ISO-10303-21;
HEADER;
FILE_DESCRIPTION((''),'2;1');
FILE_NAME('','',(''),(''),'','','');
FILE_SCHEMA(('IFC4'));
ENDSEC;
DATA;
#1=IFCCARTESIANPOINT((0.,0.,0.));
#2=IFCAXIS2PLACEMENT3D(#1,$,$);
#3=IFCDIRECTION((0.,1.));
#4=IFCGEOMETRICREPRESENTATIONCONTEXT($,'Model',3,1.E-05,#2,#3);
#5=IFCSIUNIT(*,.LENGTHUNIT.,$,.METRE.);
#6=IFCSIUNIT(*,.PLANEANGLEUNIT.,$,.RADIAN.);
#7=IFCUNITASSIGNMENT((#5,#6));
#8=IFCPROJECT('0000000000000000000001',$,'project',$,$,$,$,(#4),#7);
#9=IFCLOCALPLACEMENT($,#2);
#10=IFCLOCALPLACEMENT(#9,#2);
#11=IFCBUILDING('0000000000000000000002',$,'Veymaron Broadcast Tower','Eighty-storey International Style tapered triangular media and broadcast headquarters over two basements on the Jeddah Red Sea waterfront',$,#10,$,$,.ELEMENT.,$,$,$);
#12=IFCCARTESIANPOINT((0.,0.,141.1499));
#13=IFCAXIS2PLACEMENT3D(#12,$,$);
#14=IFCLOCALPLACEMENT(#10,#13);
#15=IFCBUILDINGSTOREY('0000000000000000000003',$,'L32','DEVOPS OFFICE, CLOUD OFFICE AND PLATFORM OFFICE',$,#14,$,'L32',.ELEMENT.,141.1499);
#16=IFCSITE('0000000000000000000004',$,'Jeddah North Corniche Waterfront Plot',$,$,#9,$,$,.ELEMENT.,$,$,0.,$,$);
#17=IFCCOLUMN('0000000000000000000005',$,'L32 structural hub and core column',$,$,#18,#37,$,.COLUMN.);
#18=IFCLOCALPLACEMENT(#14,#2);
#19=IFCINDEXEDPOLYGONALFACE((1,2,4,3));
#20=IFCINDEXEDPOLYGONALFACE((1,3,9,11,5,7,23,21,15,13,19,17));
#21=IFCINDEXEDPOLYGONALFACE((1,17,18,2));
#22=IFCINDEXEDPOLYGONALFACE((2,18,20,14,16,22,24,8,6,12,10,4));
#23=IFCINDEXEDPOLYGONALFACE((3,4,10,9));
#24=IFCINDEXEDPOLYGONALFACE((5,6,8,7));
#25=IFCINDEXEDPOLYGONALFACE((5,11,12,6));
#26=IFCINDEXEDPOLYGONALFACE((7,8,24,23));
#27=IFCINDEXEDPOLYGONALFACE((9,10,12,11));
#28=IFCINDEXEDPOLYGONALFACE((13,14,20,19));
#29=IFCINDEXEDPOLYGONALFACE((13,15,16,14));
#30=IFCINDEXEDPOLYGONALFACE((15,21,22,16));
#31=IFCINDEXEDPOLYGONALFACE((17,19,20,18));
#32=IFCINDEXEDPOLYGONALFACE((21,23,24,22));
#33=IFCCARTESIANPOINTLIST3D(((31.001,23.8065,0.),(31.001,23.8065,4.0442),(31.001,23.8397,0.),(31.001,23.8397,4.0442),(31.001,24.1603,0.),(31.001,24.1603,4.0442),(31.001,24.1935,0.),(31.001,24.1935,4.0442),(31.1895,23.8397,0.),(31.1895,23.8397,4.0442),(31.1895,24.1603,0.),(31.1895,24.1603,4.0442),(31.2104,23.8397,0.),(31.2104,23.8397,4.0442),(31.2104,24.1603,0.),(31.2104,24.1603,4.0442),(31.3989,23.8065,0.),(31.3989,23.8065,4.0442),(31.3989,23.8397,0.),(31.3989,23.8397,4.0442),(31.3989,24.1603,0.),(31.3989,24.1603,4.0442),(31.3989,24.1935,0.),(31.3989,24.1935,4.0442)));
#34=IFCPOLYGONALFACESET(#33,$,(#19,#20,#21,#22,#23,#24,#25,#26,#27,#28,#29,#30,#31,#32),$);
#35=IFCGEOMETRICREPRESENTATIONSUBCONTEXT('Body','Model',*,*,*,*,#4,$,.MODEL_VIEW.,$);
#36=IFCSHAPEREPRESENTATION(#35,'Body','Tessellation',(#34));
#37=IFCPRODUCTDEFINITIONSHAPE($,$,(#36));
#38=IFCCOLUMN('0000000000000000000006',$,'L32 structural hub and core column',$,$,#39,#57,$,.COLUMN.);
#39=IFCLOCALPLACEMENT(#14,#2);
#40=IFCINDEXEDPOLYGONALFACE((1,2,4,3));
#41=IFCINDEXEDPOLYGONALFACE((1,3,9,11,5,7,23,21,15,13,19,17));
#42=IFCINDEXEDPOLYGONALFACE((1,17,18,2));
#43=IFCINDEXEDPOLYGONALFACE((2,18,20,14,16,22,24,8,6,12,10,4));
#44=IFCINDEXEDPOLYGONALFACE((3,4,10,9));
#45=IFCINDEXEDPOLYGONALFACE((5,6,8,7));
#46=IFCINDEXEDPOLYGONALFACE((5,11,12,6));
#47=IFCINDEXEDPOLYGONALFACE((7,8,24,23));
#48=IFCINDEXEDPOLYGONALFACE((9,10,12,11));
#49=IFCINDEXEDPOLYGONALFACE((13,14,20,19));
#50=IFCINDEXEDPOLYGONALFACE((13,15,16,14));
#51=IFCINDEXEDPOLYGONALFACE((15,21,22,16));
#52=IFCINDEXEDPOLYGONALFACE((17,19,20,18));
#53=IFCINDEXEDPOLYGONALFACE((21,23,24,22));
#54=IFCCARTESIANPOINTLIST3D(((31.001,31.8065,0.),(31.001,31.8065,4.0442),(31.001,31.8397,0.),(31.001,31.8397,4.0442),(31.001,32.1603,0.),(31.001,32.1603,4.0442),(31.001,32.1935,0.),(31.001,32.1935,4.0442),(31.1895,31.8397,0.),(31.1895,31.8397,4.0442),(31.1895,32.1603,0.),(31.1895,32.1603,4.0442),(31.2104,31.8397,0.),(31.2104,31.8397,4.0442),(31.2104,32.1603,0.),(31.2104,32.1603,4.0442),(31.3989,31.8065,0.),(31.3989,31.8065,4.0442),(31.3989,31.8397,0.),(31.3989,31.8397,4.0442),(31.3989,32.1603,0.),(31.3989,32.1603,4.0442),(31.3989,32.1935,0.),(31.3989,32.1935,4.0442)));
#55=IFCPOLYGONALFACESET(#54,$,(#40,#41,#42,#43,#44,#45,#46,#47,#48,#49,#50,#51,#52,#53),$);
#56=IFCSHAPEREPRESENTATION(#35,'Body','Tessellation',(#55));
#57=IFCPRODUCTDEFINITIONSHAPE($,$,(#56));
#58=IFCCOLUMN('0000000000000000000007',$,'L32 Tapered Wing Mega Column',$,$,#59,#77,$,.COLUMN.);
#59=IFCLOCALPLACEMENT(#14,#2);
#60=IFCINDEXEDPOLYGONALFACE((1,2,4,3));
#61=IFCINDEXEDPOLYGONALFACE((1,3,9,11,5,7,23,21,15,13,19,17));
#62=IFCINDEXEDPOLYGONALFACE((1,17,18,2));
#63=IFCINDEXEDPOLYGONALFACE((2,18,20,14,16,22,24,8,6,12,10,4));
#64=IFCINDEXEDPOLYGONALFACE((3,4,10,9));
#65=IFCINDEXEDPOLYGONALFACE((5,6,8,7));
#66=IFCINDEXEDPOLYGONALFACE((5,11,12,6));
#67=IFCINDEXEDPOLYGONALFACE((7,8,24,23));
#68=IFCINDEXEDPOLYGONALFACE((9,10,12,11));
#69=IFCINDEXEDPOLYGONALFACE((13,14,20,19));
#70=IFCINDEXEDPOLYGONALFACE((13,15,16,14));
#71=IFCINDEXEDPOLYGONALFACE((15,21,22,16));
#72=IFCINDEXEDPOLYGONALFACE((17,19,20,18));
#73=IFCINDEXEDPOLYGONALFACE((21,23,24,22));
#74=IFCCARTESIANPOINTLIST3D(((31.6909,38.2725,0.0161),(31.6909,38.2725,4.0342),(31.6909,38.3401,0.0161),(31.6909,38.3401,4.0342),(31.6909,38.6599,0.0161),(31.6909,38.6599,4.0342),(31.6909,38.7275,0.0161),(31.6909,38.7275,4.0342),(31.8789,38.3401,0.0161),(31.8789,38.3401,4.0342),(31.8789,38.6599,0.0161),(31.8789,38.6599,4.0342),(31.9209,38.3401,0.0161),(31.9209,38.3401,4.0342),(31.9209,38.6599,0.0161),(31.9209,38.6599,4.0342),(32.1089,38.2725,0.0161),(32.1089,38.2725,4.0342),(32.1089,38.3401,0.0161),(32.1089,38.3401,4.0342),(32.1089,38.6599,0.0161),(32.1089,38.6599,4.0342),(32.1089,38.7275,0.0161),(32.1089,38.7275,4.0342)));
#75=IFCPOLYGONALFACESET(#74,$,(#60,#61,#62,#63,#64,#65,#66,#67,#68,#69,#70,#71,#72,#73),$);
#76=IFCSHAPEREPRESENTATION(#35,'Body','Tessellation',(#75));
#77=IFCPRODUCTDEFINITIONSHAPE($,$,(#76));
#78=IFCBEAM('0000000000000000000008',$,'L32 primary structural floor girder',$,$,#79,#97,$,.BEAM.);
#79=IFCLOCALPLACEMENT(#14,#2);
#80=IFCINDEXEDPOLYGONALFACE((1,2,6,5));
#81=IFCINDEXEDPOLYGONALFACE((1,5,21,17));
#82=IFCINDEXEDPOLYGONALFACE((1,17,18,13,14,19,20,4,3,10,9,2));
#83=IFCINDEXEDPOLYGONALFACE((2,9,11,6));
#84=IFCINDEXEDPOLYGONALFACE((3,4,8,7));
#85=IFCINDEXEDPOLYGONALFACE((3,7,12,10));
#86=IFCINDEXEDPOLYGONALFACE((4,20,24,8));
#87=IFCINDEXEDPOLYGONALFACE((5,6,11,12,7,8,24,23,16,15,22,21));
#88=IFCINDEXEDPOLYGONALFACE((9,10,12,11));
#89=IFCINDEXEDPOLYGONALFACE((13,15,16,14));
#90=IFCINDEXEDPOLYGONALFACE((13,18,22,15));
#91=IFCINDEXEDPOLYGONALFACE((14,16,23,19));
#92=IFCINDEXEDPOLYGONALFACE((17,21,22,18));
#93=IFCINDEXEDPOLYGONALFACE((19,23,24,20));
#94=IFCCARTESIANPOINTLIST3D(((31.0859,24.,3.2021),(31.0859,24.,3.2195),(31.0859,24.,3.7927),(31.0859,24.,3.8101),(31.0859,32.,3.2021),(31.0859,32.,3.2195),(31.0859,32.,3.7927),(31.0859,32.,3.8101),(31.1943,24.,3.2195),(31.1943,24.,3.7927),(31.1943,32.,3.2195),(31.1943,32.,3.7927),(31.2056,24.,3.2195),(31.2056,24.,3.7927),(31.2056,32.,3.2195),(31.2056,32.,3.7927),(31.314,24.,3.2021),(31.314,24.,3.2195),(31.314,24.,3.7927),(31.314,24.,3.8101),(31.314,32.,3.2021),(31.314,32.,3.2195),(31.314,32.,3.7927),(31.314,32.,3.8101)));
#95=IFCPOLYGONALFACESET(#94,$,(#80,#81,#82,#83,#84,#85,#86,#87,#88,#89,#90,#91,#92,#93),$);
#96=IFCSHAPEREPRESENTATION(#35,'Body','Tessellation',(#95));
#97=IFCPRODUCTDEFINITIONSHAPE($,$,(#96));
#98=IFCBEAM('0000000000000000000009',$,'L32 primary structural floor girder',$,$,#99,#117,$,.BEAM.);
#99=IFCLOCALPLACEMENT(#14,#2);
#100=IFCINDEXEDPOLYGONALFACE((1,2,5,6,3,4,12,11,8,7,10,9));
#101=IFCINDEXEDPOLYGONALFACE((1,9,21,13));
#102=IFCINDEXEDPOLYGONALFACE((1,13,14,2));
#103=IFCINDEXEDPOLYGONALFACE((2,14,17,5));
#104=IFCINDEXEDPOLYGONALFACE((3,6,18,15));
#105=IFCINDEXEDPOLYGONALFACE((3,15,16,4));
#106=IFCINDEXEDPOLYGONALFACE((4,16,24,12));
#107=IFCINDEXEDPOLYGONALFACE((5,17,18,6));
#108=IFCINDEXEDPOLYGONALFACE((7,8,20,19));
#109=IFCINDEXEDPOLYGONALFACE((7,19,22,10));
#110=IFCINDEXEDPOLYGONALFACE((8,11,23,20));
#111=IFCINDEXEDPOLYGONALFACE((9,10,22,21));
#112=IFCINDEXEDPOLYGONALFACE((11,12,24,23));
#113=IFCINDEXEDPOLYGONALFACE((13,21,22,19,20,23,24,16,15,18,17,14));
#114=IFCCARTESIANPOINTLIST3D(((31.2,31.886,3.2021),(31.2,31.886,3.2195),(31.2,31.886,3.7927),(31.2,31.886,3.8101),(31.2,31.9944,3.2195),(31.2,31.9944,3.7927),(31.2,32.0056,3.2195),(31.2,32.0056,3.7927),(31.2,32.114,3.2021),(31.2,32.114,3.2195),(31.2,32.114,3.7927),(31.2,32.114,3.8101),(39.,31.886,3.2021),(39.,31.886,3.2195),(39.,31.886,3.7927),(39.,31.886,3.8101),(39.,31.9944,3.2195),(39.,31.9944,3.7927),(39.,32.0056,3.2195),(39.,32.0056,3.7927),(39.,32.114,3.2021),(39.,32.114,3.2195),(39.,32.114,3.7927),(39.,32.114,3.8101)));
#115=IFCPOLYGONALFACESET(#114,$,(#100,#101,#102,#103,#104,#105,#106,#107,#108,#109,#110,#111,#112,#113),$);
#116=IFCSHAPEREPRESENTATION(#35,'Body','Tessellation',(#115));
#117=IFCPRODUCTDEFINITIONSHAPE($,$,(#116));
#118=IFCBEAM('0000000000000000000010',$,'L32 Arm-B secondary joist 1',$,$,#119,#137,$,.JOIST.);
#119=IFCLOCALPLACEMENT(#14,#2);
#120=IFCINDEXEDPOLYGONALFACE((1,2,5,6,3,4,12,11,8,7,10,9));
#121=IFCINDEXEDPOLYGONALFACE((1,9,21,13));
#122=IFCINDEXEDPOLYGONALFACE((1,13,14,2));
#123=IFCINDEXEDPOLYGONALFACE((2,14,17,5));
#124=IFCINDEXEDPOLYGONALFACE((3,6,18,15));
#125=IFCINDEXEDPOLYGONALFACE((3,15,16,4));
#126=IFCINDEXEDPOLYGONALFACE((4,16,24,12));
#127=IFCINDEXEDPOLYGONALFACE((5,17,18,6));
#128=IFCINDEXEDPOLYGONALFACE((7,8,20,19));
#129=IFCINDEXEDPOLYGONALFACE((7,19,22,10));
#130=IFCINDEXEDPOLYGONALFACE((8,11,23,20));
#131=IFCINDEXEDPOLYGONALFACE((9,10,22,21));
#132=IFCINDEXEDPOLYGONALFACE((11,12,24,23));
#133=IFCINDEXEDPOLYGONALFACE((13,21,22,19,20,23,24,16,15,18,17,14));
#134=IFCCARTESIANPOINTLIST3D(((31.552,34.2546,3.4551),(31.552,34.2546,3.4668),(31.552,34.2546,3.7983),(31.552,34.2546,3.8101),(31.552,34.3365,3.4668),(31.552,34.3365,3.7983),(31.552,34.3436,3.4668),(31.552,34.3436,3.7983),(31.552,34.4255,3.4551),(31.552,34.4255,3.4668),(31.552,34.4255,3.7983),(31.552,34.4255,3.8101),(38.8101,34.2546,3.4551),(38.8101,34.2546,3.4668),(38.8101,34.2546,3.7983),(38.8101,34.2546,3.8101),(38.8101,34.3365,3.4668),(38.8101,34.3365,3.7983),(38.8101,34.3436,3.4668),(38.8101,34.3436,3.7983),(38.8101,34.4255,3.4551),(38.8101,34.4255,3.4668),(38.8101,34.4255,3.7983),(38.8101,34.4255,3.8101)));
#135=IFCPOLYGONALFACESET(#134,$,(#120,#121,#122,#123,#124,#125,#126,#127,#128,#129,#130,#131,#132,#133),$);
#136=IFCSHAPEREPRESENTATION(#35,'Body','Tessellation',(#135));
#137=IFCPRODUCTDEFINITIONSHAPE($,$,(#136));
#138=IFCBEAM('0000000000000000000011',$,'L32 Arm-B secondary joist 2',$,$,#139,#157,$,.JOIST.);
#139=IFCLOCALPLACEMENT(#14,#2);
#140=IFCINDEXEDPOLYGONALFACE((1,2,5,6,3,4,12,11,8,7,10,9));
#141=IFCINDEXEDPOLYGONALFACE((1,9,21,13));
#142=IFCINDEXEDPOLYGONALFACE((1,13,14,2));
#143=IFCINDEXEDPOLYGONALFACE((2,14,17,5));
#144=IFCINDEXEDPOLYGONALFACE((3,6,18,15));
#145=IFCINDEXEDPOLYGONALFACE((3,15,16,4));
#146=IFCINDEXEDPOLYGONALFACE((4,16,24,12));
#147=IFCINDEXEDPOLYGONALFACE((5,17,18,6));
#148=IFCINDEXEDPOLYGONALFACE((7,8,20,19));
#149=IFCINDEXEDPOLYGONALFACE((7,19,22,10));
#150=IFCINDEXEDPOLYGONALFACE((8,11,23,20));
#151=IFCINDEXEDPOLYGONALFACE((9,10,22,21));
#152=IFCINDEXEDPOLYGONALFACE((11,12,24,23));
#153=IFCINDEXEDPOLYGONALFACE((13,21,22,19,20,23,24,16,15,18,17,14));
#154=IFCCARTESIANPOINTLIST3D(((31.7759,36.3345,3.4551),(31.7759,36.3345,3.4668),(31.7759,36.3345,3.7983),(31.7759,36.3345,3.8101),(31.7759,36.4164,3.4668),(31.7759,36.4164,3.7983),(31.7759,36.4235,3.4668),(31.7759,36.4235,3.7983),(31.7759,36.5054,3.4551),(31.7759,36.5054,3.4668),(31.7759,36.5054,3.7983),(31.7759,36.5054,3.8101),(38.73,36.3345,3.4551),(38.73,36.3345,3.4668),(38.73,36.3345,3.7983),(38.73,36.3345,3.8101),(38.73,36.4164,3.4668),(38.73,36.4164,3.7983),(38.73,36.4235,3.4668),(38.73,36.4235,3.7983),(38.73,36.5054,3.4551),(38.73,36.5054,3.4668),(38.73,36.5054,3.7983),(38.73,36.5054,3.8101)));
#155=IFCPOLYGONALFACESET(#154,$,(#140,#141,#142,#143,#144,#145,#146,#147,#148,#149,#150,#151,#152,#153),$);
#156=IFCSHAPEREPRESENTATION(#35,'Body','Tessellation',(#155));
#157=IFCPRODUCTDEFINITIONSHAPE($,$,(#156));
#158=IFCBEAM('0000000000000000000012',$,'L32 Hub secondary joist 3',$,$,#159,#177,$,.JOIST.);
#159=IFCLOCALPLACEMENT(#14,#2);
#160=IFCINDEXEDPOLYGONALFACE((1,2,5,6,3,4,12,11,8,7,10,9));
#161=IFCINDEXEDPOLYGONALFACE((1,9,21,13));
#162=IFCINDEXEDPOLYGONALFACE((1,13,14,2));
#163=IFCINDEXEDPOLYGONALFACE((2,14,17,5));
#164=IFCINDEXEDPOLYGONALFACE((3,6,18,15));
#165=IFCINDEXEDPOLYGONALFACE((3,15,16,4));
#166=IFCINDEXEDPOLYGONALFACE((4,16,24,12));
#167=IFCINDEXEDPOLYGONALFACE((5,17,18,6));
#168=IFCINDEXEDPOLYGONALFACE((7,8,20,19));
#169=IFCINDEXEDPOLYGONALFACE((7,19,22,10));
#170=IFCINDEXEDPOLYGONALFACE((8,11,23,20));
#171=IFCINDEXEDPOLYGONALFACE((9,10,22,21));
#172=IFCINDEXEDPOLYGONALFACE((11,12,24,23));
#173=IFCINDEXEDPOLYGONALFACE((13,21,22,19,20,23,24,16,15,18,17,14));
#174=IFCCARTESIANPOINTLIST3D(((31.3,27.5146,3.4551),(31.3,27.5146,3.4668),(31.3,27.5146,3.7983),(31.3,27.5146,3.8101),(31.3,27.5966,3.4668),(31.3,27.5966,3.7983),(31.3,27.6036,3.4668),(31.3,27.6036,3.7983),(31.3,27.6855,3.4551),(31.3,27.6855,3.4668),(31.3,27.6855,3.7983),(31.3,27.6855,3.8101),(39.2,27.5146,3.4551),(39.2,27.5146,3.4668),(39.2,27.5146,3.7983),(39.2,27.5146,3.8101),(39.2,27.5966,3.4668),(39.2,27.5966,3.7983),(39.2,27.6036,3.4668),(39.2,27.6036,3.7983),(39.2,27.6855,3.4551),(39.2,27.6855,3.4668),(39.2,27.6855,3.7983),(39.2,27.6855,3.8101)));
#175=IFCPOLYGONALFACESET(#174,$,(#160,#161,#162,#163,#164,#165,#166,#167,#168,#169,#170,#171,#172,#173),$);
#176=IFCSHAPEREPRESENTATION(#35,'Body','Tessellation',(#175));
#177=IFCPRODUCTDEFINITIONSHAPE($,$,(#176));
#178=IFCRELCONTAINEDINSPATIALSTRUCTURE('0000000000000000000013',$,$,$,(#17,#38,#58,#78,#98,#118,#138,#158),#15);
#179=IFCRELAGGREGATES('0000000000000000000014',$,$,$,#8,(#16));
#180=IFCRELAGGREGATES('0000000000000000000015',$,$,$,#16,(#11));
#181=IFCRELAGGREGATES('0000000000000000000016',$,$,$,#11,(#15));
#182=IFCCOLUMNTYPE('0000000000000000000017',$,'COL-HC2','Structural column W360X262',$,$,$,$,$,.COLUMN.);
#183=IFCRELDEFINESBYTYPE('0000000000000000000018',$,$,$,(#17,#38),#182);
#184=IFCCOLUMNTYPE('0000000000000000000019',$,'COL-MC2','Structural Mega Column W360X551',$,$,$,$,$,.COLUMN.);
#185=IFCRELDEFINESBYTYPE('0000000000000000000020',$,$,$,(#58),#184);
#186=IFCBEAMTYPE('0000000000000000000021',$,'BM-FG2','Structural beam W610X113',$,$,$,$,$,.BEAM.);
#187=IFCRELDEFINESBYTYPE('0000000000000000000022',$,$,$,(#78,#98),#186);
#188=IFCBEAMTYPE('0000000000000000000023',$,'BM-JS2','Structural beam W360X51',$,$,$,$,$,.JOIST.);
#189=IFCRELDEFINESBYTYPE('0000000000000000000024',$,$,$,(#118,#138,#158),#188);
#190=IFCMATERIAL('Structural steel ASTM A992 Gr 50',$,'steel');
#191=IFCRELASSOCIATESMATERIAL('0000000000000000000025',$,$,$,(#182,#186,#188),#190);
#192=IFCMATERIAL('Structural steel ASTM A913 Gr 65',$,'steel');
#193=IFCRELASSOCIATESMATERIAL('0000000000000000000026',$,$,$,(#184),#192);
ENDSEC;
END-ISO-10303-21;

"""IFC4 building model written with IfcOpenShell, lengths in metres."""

from ifc_helpers import new_model, si_unit, direction, frame, origin, origin_2d, place, context, subcontext, project, spatial, i_section, extrude, material, material_profile, profile_set, type_object, element, save


model = new_model("IFC4")

# Units and contexts
model_context = context("Model", 3, precision=1e-05, world=origin(), true_north=direction((0.0, 1.0)))
body_context = subcontext(model_context, "Body", "Model", "MODEL_VIEW")
ifc_project = project(units=[si_unit("LENGTHUNIT", "METRE"), si_unit("PLANEANGLEUNIT", "RADIAN")], contexts=[model_context])

# Site, building, storey
site_placement = place(None, origin())
site = spatial("IfcSite", under=ifc_project, at=site_placement, Name="Jeddah North Corniche Waterfront Plot", CompositionType="ELEMENT", RefElevation=0.0)
building_placement = place(site_placement, origin())
building = spatial("IfcBuilding", under=site, at=building_placement, Name="Veymaron Broadcast Tower", Description="Eighty-storey International Style tapered triangular media and broadcast headquarters over two basements on the Jeddah Red Sea waterfront", CompositionType="ELEMENT")
storey_placement = place(building_placement, frame((0.0, 0.0, 141.1499)))
storey = spatial("IfcBuildingStorey", under=building, at=storey_placement, Name="L32", Description="DEVOPS OFFICE, CLOUD OFFICE AND PLATFORM OFFICE", LongName="L32", CompositionType="ELEMENT", Elevation=141.1499)

# Columns
ifc_material_1 = material(Name="Structural steel ASTM A992 Gr 50", Category="steel")
ifc_material_profile_1 = material_profile(ifc_material_1, i_section(OverallWidth=0.3979, OverallDepth=0.387, WebThickness=0.021, FlangeThickness=0.0332, at=origin_2d()), Name="W360X262")
ifc_profile_set_1 = profile_set([ifc_material_profile_1], Name="Structural steel ASTM A992 Gr 50")
column_type_1 = type_object("IfcColumnType", Name="COL-HC2", Description="Structural column W360X262", PredefinedType="COLUMN", material=ifc_profile_set_1)
for number, where, z_axis, x_axis, name in (
    (1, (31.2, 24.0, 0.0), (0.0, 0.0, 1.0), (1.0, 0.0, 0.0), "L32 structural hub and core column"),
    (2, (31.2, 32.0, 0.0), (0.0, 0.0, 1.0), (1.0, 0.0, 0.0), "L32 structural hub and core column"),
):
    element("IfcColumn", number, at=place(storey_placement, frame(where, z_axis=z_axis, x_axis=x_axis)), inside=storey, type_object=column_type_1, Name=name, PredefinedType="COLUMN", context=body_context, shape_type="SweptSolid", body=[
        extrude(i_section(OverallWidth=0.3979, OverallDepth=0.387, WebThickness=0.021, FlangeThickness=0.0332, at=origin_2d()), origin(), (0.0, 0.0, 1.0), 4.0442),
    ])
ifc_material_2 = material(Name="Structural steel ASTM A913 Gr 65", Category="steel")
ifc_material_profile_2 = material_profile(ifc_material_2, i_section(OverallWidth=0.418, OverallDepth=0.4551, WebThickness=0.042, FlangeThickness=0.0676, at=origin_2d()), Name="W360X551")
ifc_profile_set_2 = profile_set([ifc_material_profile_2], Name="Structural steel ASTM A913 Gr 65")
column_type_2 = type_object("IfcColumnType", Name="COL-MC2", Description="Structural Mega Column W360X551", PredefinedType="COLUMN", material=ifc_profile_set_2)
column_placement = place(storey_placement, frame((31.8999, 38.5, 0.0161), z_axis=(0.0, 0.0, 1.0), x_axis=(1.0, 0.0, 0.0)))
element("IfcColumn", 3, at=column_placement, inside=storey, type_object=column_type_2, Name="L32 Tapered Wing Mega Column", PredefinedType="COLUMN", context=body_context, shape_type="SweptSolid", body=[
    extrude(i_section(OverallWidth=0.418, OverallDepth=0.4551, WebThickness=0.042, FlangeThickness=0.0676, at=origin_2d()), origin(), (0.0, 0.0, 1.0), 4.0181),
])

# Beams
ifc_material_profile_3 = material_profile(ifc_material_1, i_section(OverallWidth=0.228, OverallDepth=0.6079, WebThickness=0.0112, FlangeThickness=0.0173, at=origin_2d()), Name="W610X113")
ifc_profile_set_3 = profile_set([ifc_material_profile_3], Name="Structural steel ASTM A992 Gr 50")
beam_type_1 = type_object("IfcBeamType", Name="BM-FG2", Description="Structural beam W610X113", PredefinedType="BEAM", material=ifc_profile_set_3)
beam_1_placement = place(storey_placement, frame((31.2, 24.0, 3.5061), z_axis=(0.0, 1.0, 0.0), x_axis=(-1.0, 0.0, 0.0)))
element("IfcBeam", 4, at=beam_1_placement, inside=storey, type_object=beam_type_1, Name="L32 primary structural floor girder", PredefinedType="BEAM", context=body_context, shape_type="SweptSolid", body=[
    extrude(i_section(OverallWidth=0.228, OverallDepth=0.6079, WebThickness=0.0112, FlangeThickness=0.0173, at=origin_2d()), origin(), (0.0, 0.0, 1.0), 8.0),
])
beam_2_placement = place(storey_placement, frame((31.2, 32.0, 3.5061), z_axis=(1.0, 0.0, 0.0), x_axis=(0.0, 1.0, 0.0)))
element("IfcBeam", 5, at=beam_2_placement, inside=storey, type_object=beam_type_1, Name="L32 primary structural floor girder", PredefinedType="BEAM", context=body_context, shape_type="SweptSolid", body=[
    extrude(i_section(OverallWidth=0.228, OverallDepth=0.6079, WebThickness=0.0112, FlangeThickness=0.0173, at=origin_2d()), origin(), (0.0, 0.0, 1.0), 7.8),
])
ifc_material_profile_4 = material_profile(ifc_material_1, i_section(OverallWidth=0.1709, OverallDepth=0.355, WebThickness=0.0071, FlangeThickness=0.0117, at=origin_2d()), Name="W360X51")
ifc_profile_set_4 = profile_set([ifc_material_profile_4], Name="Structural steel ASTM A992 Gr 50")
beam_type_2 = type_object("IfcBeamType", Name="BM-JS2", Description="Structural beam W360X51", PredefinedType="JOIST", material=ifc_profile_set_4)
beam_3_placement = place(storey_placement, frame((31.552, 34.3401, 3.6326), z_axis=(1.0, 0.0, 0.0), x_axis=(0.0, 1.0, 0.0)))
element("IfcBeam", 6, at=beam_3_placement, inside=storey, type_object=beam_type_2, Name="L32 Arm-B secondary joist 1", PredefinedType="JOIST", context=body_context, shape_type="SweptSolid", body=[
    extrude(i_section(OverallWidth=0.1709, OverallDepth=0.355, WebThickness=0.0071, FlangeThickness=0.0117, at=origin_2d()), origin(), (0.0, 0.0, 1.0), 7.2581),
])
beam_4_placement = place(storey_placement, frame((31.7759, 36.4199, 3.6326), z_axis=(1.0, 0.0, 0.0), x_axis=(0.0, 1.0, 0.0)))
element("IfcBeam", 7, at=beam_4_placement, inside=storey, type_object=beam_type_2, Name="L32 Arm-B secondary joist 2", PredefinedType="JOIST", context=body_context, shape_type="SweptSolid", body=[
    extrude(i_section(OverallWidth=0.1709, OverallDepth=0.355, WebThickness=0.0071, FlangeThickness=0.0117, at=origin_2d()), origin(), (0.0, 0.0, 1.0), 6.9541),
])
for number, where, z_axis, x_axis, name in (
    (8, (31.3, 27.6001, 3.6326), (1.0, 0.0, 0.0), (0.0, 1.0, 0.0), "L32 Hub secondary joist 3"),
):
    element("IfcBeam", number, at=place(storey_placement, frame(where, z_axis=z_axis, x_axis=x_axis)), inside=storey, type_object=beam_type_2, Name=name, PredefinedType="JOIST", context=body_context, shape_type="SweptSolid", body=[
        extrude(i_section(OverallWidth=0.1709, OverallDepth=0.355, WebThickness=0.0071, FlangeThickness=0.0117, at=origin_2d()), origin(), (0.0, 0.0, 1.0), 7.8999),
    ])

save(model, "model.ifc")
